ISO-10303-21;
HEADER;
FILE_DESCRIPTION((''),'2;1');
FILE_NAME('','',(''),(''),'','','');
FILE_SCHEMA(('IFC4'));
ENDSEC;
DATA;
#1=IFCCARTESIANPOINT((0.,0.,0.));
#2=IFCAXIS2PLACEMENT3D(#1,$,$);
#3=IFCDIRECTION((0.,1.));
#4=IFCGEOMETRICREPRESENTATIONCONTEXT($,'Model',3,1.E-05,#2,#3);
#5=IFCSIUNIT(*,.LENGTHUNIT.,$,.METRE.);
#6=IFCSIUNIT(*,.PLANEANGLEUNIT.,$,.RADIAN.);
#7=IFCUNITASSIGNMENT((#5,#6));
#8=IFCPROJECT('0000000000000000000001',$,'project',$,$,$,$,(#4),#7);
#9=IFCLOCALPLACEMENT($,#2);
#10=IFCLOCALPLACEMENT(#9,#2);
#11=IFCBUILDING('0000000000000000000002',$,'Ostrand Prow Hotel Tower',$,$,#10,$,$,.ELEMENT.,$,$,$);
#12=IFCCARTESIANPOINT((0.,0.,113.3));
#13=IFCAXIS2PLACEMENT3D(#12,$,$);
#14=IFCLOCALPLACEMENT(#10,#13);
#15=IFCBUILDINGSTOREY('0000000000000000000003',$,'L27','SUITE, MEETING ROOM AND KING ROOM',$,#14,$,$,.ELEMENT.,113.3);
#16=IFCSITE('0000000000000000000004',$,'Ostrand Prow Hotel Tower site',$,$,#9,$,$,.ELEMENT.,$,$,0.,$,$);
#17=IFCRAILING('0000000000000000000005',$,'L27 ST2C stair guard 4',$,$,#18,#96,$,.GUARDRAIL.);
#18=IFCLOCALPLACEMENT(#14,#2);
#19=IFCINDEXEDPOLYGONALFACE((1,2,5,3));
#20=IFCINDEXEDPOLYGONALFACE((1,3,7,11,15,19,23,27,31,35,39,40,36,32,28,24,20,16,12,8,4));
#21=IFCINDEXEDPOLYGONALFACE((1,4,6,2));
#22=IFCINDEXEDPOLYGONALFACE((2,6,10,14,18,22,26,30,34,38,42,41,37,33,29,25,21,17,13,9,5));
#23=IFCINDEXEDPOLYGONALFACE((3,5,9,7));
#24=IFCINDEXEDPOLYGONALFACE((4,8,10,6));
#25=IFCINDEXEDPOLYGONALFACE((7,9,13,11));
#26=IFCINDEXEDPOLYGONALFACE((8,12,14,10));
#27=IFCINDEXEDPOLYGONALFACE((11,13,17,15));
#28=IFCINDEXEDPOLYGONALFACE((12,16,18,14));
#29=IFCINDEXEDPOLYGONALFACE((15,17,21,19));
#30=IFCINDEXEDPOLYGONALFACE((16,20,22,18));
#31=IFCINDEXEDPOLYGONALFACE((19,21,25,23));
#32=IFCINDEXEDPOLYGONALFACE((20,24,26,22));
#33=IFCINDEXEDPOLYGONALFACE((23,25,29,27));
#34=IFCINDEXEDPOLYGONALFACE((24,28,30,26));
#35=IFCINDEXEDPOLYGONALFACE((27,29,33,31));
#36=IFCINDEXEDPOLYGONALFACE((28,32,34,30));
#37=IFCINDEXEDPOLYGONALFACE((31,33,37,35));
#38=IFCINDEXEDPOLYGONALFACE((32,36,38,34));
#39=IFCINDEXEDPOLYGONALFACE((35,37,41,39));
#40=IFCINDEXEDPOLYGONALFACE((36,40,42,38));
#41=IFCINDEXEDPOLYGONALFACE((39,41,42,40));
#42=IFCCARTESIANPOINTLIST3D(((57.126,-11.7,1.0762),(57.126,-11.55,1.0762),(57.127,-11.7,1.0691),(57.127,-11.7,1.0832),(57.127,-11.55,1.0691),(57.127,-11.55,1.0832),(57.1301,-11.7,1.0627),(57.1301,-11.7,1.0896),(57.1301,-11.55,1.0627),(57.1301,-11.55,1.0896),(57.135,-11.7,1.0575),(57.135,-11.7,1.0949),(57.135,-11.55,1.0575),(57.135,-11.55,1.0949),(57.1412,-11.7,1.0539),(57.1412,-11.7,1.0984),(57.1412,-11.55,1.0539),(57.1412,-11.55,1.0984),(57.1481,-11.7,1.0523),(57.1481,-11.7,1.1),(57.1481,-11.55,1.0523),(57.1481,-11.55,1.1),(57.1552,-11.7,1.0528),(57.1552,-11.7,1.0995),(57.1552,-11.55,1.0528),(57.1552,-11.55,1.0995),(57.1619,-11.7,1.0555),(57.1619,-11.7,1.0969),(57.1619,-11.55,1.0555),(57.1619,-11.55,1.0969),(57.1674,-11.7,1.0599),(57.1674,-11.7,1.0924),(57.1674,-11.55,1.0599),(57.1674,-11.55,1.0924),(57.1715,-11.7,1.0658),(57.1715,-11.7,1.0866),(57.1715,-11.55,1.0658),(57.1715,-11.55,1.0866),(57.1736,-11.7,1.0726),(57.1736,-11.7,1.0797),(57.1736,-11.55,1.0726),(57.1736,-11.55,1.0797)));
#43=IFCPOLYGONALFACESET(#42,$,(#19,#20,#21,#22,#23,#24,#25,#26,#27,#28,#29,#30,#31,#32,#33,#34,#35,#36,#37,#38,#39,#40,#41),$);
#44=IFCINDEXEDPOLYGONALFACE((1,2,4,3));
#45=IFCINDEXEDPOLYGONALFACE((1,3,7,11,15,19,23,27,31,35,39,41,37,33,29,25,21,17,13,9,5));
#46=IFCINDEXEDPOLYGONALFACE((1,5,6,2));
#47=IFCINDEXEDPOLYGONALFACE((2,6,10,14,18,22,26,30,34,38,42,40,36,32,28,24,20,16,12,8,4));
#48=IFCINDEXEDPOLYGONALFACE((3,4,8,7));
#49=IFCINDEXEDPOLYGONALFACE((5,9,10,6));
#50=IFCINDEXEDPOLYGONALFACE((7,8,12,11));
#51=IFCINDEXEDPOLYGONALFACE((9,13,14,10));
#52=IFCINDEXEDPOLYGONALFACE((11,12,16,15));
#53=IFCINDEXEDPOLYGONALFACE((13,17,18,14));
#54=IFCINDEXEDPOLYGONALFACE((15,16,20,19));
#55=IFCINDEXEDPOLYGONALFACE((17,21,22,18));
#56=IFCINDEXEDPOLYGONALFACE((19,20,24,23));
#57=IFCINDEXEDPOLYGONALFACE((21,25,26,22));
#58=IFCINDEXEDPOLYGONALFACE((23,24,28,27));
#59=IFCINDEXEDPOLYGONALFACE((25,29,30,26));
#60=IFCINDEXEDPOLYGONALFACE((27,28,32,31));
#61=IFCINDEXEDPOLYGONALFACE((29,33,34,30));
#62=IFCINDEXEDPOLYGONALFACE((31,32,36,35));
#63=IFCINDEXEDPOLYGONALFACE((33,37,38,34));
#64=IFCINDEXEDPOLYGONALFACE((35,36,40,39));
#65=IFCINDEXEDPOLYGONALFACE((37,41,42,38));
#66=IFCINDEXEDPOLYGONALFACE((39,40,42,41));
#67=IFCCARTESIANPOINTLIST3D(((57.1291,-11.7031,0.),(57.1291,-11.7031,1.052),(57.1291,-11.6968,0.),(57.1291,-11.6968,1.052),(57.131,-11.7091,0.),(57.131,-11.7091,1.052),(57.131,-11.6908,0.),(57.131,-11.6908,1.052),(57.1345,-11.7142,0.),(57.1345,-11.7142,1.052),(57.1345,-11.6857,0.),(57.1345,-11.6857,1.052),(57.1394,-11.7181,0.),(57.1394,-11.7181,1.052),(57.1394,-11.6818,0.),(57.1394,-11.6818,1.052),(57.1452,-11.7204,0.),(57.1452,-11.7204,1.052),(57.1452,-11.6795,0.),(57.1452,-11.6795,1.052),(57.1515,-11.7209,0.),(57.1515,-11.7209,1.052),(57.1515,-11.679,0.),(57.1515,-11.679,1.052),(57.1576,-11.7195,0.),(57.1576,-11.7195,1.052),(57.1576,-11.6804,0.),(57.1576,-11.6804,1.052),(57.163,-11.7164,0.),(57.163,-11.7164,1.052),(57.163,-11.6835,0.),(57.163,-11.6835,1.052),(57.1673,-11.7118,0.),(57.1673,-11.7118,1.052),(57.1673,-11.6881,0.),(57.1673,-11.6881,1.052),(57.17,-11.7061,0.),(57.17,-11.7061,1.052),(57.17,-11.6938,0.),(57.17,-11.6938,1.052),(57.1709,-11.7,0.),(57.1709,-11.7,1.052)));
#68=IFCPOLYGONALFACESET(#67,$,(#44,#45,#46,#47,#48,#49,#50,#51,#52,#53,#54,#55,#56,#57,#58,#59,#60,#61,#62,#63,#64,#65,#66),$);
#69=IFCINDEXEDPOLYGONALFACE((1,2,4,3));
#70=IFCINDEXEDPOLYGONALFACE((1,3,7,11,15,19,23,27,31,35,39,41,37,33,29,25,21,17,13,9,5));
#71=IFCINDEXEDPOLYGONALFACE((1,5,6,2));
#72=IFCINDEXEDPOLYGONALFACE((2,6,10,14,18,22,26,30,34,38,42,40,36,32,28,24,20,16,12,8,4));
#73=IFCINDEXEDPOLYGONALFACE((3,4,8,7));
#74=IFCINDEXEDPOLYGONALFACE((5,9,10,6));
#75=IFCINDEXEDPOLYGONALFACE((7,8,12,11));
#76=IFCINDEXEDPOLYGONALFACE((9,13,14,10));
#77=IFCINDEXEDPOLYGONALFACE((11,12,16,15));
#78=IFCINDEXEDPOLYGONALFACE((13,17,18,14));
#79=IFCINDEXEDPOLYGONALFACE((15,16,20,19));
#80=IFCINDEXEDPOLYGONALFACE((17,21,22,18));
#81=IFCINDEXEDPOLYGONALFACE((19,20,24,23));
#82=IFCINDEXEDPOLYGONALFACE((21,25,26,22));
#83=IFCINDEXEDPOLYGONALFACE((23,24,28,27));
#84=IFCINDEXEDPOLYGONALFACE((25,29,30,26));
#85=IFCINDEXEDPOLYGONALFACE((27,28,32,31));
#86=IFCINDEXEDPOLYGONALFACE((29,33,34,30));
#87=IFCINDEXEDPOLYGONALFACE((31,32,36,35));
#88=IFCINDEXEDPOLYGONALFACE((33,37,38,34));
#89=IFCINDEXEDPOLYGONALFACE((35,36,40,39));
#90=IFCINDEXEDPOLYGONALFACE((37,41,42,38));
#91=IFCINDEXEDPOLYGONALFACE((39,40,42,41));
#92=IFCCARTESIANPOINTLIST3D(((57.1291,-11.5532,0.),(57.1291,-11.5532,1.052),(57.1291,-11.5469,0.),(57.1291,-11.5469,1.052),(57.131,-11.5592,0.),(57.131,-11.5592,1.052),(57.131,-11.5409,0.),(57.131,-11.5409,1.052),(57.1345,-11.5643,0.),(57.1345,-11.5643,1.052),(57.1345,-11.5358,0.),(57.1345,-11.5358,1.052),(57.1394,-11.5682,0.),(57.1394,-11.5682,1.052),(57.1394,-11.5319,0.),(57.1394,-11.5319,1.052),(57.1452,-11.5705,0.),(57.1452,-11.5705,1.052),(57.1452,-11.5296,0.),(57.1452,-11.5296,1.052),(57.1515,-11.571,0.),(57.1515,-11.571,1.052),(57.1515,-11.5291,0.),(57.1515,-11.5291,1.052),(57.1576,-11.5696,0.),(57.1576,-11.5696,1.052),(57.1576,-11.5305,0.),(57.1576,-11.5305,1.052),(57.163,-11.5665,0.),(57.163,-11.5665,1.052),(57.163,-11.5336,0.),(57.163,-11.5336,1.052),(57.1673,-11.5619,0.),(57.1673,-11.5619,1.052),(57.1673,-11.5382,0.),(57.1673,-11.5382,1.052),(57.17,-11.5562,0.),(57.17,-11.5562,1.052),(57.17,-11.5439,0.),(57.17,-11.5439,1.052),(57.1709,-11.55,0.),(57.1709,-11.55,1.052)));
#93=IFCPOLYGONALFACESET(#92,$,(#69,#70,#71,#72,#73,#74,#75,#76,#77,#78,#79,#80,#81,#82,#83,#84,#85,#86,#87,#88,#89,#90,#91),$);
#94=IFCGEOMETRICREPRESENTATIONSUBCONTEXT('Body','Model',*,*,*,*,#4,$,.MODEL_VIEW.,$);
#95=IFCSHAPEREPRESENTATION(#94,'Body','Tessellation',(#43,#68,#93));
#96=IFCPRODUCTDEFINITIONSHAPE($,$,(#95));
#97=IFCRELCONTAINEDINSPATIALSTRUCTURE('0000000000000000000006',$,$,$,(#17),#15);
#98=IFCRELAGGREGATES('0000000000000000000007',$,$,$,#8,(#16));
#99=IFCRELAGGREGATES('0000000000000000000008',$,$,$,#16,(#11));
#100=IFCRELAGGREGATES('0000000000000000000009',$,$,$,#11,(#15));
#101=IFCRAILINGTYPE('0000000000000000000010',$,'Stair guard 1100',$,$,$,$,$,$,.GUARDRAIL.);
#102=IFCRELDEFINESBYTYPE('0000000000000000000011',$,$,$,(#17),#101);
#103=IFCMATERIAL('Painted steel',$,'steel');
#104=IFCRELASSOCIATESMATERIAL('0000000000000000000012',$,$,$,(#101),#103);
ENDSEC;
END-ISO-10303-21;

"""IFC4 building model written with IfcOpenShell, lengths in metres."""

from ifc_helpers import new_model, si_unit, direction, frame, origin, origin_2d, place, context, subcontext, project, spatial, circle, extrude, material, type_object, element, save


model = new_model("IFC4")

# Units and contexts
model_context = context("Model", 3, precision=1e-05, world=origin(), true_north=direction((0.0, 1.0)))
body_context = subcontext(model_context, "Body", "Model", "MODEL_VIEW")
ifc_project = project(units=[si_unit("LENGTHUNIT", "METRE"), si_unit("PLANEANGLEUNIT", "RADIAN")], contexts=[model_context])

# Site, building, storey
site_placement = place(None, origin())
site = spatial("IfcSite", under=ifc_project, at=site_placement, Name="Ostrand Prow Hotel Tower site", CompositionType="ELEMENT", RefElevation=0.0)
building_placement = place(site_placement, origin())
building = spatial("IfcBuilding", under=site, at=building_placement, Name="Ostrand Prow Hotel Tower", CompositionType="ELEMENT")
storey_placement = place(building_placement, frame((0.0, 0.0, 113.3)))
storey = spatial("IfcBuildingStorey", under=building, at=storey_placement, Name="L27", Description="SUITE, MEETING ROOM AND KING ROOM", CompositionType="ELEMENT", Elevation=113.3)

# Railing
ifc_material_1 = material(Name="Painted steel", Category="steel")
railing_type_1 = type_object("IfcRailingType", Name="Stair guard 1100", PredefinedType="GUARDRAIL", material=ifc_material_1)
railing_1_placement = place(storey_placement, frame((57.1499, -11.7, 0.0)))
element("IfcRailing", 1, at=railing_1_placement, inside=storey, type_object=railing_type_1, Name="L27 ST2C stair guard 4", PredefinedType="GUARDRAIL", context=body_context, shape_type="SweptSolid", body=[
    extrude(circle(Radius=0.0239, at=origin_2d()), frame((0.0, 0.0, 1.0762), z_axis=(0.0, 1.0, 0.0), x_axis=(-1.0, 0.0, 0.0)), (0.0, 0.0, 1.0), 0.1499),
    extrude(circle(Radius=0.021, at=origin_2d()), origin(), (0.0, 0.0, 1.0), 1.052),
    extrude(circle(Radius=0.021, at=origin_2d()), frame((0.0, 0.1499, 0.0)), (0.0, 0.0, 1.0), 1.052),
])

save(model, "model.ifc")
